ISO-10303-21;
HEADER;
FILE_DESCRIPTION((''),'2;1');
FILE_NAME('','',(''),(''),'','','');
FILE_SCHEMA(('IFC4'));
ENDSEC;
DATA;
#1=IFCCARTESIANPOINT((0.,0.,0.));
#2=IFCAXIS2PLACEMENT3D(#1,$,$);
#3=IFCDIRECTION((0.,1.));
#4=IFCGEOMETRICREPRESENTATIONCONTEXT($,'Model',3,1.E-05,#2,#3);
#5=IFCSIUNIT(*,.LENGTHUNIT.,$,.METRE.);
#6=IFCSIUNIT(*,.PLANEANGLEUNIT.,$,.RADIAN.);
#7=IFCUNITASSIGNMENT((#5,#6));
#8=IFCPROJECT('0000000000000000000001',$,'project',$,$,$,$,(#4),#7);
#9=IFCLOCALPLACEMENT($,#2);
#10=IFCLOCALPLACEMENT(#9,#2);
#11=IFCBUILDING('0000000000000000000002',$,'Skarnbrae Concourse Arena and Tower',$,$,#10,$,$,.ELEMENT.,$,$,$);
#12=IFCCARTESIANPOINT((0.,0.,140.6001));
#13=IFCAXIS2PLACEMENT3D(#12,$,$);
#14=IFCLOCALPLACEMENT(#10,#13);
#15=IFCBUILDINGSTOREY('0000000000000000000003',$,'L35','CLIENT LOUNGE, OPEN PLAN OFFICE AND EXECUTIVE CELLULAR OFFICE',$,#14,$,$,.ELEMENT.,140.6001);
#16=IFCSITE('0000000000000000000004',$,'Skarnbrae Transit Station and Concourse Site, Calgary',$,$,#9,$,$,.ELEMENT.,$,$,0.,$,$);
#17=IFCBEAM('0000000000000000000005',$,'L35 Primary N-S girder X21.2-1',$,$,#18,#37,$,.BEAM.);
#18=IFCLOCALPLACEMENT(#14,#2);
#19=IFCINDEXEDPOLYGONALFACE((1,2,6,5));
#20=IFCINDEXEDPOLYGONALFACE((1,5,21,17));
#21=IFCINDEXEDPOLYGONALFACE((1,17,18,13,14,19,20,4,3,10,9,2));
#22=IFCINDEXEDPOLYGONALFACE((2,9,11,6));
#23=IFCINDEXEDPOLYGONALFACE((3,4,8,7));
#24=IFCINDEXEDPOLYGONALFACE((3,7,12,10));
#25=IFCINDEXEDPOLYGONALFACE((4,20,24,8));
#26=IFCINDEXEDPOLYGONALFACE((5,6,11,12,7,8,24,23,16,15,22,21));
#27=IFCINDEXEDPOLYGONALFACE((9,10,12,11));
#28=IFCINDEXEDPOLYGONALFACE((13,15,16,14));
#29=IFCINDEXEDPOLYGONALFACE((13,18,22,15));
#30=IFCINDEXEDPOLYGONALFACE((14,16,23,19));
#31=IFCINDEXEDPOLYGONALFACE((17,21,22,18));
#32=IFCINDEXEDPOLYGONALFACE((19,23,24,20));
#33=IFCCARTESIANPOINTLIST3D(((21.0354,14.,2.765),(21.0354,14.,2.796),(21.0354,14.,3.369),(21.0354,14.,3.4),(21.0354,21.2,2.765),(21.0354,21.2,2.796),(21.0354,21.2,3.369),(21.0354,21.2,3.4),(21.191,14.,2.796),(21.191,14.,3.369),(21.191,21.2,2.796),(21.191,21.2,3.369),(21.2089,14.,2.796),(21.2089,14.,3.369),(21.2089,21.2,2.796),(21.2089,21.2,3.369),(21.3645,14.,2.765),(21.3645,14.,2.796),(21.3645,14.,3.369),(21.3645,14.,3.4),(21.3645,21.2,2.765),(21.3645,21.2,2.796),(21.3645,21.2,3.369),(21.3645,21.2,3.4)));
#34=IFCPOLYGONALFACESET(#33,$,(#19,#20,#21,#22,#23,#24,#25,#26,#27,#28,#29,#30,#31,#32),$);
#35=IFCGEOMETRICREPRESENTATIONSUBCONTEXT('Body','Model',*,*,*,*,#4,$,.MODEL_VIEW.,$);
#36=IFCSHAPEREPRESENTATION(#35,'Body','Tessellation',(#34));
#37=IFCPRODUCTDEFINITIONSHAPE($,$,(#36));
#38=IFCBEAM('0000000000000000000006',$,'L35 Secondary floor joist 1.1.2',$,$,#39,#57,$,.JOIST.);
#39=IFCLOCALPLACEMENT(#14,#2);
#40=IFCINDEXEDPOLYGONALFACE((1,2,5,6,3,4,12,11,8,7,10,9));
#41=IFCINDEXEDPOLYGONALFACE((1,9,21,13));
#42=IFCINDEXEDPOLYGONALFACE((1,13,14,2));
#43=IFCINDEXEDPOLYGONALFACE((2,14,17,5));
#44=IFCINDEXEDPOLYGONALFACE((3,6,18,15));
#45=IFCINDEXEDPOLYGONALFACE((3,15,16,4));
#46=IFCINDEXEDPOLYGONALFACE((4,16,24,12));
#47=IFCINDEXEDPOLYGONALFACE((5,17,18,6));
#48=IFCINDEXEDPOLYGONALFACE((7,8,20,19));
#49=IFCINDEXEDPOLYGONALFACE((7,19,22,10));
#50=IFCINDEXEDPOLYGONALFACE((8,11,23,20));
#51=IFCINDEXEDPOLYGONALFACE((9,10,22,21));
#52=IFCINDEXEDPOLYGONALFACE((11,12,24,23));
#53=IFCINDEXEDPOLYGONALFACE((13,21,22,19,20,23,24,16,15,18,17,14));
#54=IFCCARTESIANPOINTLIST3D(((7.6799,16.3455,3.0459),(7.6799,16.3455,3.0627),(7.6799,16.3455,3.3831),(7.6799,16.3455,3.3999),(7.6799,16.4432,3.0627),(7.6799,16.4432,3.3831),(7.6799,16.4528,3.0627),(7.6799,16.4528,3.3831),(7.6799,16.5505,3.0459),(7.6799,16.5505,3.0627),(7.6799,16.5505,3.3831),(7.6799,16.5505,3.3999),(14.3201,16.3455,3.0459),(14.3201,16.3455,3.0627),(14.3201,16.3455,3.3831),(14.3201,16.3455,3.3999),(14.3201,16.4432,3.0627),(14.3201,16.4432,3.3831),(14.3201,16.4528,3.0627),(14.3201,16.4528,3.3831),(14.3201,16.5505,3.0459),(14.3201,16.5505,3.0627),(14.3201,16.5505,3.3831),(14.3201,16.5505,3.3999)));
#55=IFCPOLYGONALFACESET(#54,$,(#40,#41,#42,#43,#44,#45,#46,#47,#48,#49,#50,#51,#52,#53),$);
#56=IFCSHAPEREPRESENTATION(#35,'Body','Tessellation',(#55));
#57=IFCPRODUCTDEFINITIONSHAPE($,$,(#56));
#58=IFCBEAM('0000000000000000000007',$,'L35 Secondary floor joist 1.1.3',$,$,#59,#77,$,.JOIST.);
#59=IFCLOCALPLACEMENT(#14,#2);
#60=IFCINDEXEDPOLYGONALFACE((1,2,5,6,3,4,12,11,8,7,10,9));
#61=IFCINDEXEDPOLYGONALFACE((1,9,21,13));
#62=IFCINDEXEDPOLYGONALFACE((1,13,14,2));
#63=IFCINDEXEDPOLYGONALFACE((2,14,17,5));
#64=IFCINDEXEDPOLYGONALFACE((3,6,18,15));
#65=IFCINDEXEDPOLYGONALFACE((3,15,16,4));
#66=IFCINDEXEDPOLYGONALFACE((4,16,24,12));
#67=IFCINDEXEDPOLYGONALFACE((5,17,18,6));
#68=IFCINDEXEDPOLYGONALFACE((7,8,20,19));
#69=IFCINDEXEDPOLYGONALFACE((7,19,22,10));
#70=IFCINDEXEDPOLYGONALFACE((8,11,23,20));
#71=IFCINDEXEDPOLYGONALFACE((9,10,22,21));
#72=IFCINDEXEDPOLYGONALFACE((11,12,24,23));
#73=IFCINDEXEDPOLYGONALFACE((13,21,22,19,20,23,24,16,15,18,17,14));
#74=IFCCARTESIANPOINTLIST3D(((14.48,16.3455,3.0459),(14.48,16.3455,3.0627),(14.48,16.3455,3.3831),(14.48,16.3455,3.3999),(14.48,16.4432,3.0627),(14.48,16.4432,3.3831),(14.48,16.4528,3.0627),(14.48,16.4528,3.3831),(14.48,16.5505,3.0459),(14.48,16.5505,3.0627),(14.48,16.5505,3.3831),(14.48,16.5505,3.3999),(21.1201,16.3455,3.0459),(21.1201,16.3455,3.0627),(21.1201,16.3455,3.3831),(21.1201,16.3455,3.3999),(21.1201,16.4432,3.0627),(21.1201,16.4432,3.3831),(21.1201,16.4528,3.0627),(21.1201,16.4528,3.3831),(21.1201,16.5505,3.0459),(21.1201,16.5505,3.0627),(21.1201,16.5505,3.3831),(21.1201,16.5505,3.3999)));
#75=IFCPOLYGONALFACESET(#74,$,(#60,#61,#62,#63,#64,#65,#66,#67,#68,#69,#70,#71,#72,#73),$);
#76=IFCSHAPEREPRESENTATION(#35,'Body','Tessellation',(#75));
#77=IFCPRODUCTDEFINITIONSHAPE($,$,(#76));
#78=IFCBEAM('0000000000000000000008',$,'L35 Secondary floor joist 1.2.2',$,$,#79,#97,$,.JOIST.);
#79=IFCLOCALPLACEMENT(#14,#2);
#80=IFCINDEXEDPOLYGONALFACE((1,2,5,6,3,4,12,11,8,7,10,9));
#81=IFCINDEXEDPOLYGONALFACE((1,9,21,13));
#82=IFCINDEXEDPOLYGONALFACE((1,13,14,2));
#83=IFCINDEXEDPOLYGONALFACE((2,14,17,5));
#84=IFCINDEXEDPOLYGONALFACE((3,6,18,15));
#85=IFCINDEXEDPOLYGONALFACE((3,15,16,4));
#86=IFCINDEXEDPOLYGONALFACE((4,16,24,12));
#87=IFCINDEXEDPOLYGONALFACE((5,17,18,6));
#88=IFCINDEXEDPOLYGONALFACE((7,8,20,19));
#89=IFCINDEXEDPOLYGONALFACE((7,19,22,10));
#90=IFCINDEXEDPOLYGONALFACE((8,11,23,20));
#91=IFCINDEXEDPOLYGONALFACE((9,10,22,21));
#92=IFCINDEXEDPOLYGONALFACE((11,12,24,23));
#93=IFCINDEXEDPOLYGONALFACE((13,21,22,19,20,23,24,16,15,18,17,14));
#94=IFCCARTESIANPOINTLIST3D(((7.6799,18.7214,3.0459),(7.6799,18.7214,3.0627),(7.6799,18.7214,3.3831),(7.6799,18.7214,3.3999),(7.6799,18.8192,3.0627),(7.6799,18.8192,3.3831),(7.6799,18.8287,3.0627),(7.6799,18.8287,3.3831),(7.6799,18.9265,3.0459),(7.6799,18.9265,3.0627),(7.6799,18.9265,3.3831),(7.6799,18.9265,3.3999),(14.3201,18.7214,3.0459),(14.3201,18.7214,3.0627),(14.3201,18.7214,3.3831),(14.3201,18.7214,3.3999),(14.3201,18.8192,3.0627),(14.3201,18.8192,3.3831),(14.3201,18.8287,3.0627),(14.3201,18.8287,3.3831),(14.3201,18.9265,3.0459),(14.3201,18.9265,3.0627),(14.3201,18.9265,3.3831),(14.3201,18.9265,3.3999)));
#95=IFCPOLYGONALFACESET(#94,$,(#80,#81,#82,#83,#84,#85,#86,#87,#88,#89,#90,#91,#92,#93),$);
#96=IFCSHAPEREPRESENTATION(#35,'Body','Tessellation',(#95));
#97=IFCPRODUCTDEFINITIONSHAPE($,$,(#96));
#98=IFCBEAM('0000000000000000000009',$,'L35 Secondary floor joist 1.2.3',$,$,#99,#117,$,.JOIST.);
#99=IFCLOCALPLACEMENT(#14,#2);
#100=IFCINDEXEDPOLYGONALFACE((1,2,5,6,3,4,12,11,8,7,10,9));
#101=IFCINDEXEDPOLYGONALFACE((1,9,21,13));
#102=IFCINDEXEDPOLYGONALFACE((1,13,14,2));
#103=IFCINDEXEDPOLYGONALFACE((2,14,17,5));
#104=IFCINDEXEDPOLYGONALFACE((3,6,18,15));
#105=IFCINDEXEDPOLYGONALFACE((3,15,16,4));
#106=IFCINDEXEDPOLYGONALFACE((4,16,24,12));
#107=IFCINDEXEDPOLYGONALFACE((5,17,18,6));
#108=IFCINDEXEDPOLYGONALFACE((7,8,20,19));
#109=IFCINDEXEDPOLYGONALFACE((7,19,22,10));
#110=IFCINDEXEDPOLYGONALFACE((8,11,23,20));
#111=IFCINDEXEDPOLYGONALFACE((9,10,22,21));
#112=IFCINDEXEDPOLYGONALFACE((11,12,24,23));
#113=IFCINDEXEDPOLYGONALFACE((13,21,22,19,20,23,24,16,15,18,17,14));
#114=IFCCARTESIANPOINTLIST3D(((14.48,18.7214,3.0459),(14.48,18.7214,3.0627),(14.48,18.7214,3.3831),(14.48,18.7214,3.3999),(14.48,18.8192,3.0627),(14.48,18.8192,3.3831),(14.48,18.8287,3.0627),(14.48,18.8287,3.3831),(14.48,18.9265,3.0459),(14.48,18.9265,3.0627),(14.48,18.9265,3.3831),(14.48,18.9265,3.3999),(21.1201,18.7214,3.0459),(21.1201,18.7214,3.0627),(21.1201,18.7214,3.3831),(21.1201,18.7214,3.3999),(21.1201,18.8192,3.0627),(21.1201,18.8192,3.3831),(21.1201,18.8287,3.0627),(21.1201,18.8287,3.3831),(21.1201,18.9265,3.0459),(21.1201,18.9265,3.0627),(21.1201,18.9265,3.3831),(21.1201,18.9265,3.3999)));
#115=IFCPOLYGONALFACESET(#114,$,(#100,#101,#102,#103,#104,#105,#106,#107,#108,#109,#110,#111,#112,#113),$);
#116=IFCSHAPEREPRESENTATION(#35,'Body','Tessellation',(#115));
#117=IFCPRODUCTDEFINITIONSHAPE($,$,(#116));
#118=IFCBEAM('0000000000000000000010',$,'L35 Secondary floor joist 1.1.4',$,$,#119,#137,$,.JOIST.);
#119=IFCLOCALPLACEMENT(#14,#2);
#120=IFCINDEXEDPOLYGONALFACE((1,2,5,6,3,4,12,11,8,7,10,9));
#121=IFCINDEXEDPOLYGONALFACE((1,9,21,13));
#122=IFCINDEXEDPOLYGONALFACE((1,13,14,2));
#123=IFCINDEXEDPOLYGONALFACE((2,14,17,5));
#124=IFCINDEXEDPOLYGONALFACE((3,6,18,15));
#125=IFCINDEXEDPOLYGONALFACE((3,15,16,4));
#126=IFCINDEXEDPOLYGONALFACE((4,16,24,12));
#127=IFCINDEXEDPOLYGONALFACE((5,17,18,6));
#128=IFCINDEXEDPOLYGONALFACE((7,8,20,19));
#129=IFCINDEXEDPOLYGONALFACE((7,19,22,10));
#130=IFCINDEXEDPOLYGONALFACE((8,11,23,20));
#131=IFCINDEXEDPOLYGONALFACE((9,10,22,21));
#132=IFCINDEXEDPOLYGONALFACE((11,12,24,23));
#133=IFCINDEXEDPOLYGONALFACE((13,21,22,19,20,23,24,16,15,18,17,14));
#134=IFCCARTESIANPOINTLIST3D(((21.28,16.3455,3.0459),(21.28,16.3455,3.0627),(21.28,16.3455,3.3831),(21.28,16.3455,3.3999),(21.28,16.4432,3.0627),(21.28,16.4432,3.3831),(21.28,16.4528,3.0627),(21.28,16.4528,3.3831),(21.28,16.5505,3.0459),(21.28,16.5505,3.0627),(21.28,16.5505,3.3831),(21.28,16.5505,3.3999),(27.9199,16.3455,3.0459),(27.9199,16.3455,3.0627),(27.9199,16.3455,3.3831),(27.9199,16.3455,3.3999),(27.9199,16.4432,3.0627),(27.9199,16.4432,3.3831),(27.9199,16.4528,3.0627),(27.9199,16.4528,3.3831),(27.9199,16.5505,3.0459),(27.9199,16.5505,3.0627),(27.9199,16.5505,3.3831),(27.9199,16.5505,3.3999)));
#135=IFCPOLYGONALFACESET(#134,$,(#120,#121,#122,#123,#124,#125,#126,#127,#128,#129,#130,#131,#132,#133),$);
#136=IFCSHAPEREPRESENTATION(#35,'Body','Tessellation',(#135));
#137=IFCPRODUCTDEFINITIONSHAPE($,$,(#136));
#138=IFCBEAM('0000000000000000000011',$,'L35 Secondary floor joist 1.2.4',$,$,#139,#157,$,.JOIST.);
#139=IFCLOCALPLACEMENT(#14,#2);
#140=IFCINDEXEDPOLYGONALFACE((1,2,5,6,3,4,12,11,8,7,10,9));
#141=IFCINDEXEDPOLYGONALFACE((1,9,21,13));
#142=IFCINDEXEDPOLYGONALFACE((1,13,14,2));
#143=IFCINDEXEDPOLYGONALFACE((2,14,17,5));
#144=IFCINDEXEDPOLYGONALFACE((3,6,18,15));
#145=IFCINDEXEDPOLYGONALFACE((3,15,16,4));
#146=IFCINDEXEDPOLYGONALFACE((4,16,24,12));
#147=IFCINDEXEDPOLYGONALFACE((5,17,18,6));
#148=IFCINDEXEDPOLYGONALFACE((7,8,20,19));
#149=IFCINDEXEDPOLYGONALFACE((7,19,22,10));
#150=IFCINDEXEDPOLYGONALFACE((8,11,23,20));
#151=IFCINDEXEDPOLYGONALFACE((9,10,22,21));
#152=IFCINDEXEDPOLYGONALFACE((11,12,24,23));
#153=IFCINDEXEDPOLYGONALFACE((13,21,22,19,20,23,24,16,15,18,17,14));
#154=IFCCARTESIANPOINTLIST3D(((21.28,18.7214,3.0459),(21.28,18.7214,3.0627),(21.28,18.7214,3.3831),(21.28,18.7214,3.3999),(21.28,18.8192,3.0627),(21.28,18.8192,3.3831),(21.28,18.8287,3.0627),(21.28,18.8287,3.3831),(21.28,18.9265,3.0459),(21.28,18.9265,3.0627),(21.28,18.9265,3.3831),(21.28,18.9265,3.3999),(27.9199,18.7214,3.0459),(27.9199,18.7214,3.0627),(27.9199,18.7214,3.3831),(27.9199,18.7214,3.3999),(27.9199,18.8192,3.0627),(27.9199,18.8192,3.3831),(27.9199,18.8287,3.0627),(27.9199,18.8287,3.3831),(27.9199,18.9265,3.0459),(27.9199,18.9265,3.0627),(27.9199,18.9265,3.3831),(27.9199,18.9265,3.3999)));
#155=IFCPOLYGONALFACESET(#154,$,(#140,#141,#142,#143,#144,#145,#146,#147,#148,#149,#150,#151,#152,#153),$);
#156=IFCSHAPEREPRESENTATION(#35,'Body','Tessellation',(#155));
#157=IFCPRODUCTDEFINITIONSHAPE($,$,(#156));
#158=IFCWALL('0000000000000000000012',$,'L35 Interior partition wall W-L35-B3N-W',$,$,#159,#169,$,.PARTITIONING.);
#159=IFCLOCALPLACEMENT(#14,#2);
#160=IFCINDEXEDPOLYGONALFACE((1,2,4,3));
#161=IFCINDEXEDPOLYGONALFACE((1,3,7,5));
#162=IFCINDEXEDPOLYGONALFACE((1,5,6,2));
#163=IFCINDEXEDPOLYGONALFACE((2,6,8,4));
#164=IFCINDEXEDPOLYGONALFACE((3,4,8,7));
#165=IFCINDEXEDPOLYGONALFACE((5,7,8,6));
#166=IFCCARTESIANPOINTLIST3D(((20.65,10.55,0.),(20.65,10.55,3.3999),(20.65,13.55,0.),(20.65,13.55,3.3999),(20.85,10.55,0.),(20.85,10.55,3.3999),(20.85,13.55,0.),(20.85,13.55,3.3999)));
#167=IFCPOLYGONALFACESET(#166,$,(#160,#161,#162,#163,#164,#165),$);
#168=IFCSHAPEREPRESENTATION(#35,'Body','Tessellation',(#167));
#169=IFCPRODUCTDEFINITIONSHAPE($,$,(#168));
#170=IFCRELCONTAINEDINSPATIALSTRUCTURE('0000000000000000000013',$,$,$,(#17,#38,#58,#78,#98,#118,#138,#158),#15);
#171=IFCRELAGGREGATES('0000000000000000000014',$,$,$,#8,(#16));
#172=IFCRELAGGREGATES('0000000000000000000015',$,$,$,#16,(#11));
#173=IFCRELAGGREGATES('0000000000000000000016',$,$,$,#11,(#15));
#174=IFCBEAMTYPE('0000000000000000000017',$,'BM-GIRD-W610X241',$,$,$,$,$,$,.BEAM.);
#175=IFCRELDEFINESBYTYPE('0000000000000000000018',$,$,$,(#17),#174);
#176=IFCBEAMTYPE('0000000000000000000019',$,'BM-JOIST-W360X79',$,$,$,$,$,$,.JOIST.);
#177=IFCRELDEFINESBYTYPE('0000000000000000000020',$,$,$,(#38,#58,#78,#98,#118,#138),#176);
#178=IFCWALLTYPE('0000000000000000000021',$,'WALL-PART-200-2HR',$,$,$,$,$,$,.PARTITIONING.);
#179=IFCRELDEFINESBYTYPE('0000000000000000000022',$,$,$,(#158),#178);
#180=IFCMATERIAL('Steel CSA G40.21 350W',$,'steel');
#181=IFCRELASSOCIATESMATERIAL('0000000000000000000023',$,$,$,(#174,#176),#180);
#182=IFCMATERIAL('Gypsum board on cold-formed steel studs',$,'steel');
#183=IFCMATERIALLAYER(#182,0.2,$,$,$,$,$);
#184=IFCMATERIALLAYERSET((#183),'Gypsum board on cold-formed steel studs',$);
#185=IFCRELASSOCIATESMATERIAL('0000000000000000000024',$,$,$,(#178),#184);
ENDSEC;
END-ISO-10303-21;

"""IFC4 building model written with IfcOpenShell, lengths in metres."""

from ifc_helpers import new_model, si_unit, direction, frame, frame_2d, origin, origin_2d, place, context, subcontext, project, spatial, rectangle, i_section, extrude, source, transform, mapped, material, layer, layer_set, material_profile, profile_set, type_object, element, save


model = new_model("IFC4")

# Units and contexts
model_context = context("Model", 3, precision=1e-05, world=origin(), true_north=direction((0.0, 1.0)))
body_context = subcontext(model_context, "Body", "Model", "MODEL_VIEW")
ifc_project = project(units=[si_unit("LENGTHUNIT", "METRE"), si_unit("PLANEANGLEUNIT", "RADIAN")], contexts=[model_context])

# Site, building, storey
site_placement = place(None, origin())
site = spatial("IfcSite", under=ifc_project, at=site_placement, Name="Skarnbrae Transit Station and Concourse Site, Calgary", CompositionType="ELEMENT", RefElevation=0.0)
building_placement = place(site_placement, origin())
building = spatial("IfcBuilding", under=site, at=building_placement, Name="Skarnbrae Concourse Arena and Tower", CompositionType="ELEMENT")
storey_placement = place(building_placement, frame((0.0, 0.0, 140.6001)))
storey = spatial("IfcBuildingStorey", under=building, at=storey_placement, Name="L35", Description="CLIENT LOUNGE, OPEN PLAN OFFICE AND EXECUTIVE CELLULAR OFFICE", CompositionType="ELEMENT", Elevation=140.6001)

# Shared definitions
ifc_material_1 = material(Name="Steel CSA G40.21 350W", Category="steel")

# Beams
ifc_material_profile_1 = material_profile(ifc_material_1, i_section(OverallWidth=0.3291, OverallDepth=0.635, WebThickness=0.0178, FlangeThickness=0.031, at=origin_2d()), Name="W610X241")
ifc_profile_set_1 = profile_set([ifc_material_profile_1], Name="Steel CSA G40.21 350W")
beam_type_1 = type_object("IfcBeamType", Name="BM-GIRD-W610X241", PredefinedType="BEAM", material=ifc_profile_set_1)
shared_shape_1 = source(origin(), body_context, "Body", "SweptSolid", [
    extrude(i_section(OverallWidth=0.3291, OverallDepth=0.635, WebThickness=0.0178, FlangeThickness=0.031, at=origin_2d()), origin(), (0.0, 0.0, 1.0), 7.2),
])
for number, where, z_axis, x_axis, name in (
    (1, (21.2, 14.0, 3.0825), (0.0, 1.0, 0.0), (-1.0, 0.0, 0.0), "L35 Primary N-S girder X21.2-1"),
):
    element("IfcBeam", number, at=place(storey_placement, frame(where, z_axis=z_axis, x_axis=x_axis)), inside=storey, type_object=beam_type_1, Name=name, PredefinedType="BEAM", context=body_context, shape_type="MappedRepresentation", body=[
        mapped(shared_shape_1, transform((0.0, 0.0, 0.0))),
    ])
ifc_material_profile_2 = material_profile(ifc_material_1, i_section(OverallWidth=0.2051, OverallDepth=0.354, WebThickness=0.0095, FlangeThickness=0.0168, at=origin_2d()), Name="W360X79")
ifc_profile_set_2 = profile_set([ifc_material_profile_2], Name="Steel CSA G40.21 350W")
beam_type_2 = type_object("IfcBeamType", Name="BM-JOIST-W360X79", PredefinedType="JOIST", material=ifc_profile_set_2)
shared_shape_2 = source(origin(), body_context, "Body", "SweptSolid", [
    extrude(i_section(OverallWidth=0.2051, OverallDepth=0.354, WebThickness=0.0095, FlangeThickness=0.0168, at=origin_2d()), origin(), (0.0, 0.0, 1.0), 6.6401),
])
for number, where, z_axis, x_axis, name in (
    (2, (7.6799, 16.448, 3.2229), (1.0, 0.0, 0.0), (0.0, 1.0, 0.0), "L35 Secondary floor joist 1.1.2"),
    (3, (14.48, 16.448, 3.2229), (1.0, 0.0, 0.0), (0.0, 1.0, 0.0), "L35 Secondary floor joist 1.1.3"),
    (4, (7.6799, 18.824, 3.2229), (1.0, 0.0, 0.0), (0.0, 1.0, 0.0), "L35 Secondary floor joist 1.2.2"),
    (5, (14.48, 18.824, 3.2229), (1.0, 0.0, 0.0), (0.0, 1.0, 0.0), "L35 Secondary floor joist 1.2.3"),
):
    element("IfcBeam", number, at=place(storey_placement, frame(where, z_axis=z_axis, x_axis=x_axis)), inside=storey, type_object=beam_type_2, Name=name, PredefinedType="JOIST", context=body_context, shape_type="MappedRepresentation", body=[
        mapped(shared_shape_2, transform((0.0, 0.0, 0.0))),
    ])
shared_shape_3 = source(origin(), body_context, "Body", "SweptSolid", [
    extrude(i_section(OverallWidth=0.2051, OverallDepth=0.354, WebThickness=0.0095, FlangeThickness=0.0168, at=origin_2d()), origin(), (0.0, 0.0, 1.0), 6.6399),
])
for number, where, z_axis, x_axis, name in (
    (6, (21.28, 16.448, 3.2229), (1.0, 0.0, 0.0), (0.0, 1.0, 0.0), "L35 Secondary floor joist 1.1.4"),
    (7, (21.28, 18.824, 3.2229), (1.0, 0.0, 0.0), (0.0, 1.0, 0.0), "L35 Secondary floor joist 1.2.4"),
):
    element("IfcBeam", number, at=place(storey_placement, frame(where, z_axis=z_axis, x_axis=x_axis)), inside=storey, type_object=beam_type_2, Name=name, PredefinedType="JOIST", context=body_context, shape_type="MappedRepresentation", body=[
        mapped(shared_shape_3, transform((0.0, 0.0, 0.0))),
    ])

# Wall
ifc_material_2 = material(Name="Gypsum board on cold-formed steel studs", Category="steel")
ifc_layer_1 = layer(ifc_material_2, 0.2)
ifc_layer_set_1 = layer_set([ifc_layer_1], Name="Gypsum board on cold-formed steel studs")
wall_type_1 = type_object("IfcWallType", Name="WALL-PART-200-2HR", PredefinedType="PARTITIONING", material=ifc_layer_set_1)
shared_shape_4 = source(origin(), body_context, "Body", "SweptSolid", [
    extrude(rectangle(XDim=3.0, YDim=0.2, at=frame_2d((1.5, 0.0))), origin(), (0.0, 0.0, 1.0), 3.3999),
])
wall_1_placement = place(storey_placement, frame((20.75, 10.55, 0.0), z_axis=(0.0, 0.0, 1.0), x_axis=(0.0, 1.0, 0.0)))
element("IfcWall", 8, at=wall_1_placement, inside=storey, type_object=wall_type_1, Name="L35 Interior partition wall W-L35-B3N-W", PredefinedType="PARTITIONING", context=body_context, shape_type="MappedRepresentation", body=[
    mapped(shared_shape_4, transform((0.0, 0.0, 0.0))),
])

save(model, "model.ifc")
